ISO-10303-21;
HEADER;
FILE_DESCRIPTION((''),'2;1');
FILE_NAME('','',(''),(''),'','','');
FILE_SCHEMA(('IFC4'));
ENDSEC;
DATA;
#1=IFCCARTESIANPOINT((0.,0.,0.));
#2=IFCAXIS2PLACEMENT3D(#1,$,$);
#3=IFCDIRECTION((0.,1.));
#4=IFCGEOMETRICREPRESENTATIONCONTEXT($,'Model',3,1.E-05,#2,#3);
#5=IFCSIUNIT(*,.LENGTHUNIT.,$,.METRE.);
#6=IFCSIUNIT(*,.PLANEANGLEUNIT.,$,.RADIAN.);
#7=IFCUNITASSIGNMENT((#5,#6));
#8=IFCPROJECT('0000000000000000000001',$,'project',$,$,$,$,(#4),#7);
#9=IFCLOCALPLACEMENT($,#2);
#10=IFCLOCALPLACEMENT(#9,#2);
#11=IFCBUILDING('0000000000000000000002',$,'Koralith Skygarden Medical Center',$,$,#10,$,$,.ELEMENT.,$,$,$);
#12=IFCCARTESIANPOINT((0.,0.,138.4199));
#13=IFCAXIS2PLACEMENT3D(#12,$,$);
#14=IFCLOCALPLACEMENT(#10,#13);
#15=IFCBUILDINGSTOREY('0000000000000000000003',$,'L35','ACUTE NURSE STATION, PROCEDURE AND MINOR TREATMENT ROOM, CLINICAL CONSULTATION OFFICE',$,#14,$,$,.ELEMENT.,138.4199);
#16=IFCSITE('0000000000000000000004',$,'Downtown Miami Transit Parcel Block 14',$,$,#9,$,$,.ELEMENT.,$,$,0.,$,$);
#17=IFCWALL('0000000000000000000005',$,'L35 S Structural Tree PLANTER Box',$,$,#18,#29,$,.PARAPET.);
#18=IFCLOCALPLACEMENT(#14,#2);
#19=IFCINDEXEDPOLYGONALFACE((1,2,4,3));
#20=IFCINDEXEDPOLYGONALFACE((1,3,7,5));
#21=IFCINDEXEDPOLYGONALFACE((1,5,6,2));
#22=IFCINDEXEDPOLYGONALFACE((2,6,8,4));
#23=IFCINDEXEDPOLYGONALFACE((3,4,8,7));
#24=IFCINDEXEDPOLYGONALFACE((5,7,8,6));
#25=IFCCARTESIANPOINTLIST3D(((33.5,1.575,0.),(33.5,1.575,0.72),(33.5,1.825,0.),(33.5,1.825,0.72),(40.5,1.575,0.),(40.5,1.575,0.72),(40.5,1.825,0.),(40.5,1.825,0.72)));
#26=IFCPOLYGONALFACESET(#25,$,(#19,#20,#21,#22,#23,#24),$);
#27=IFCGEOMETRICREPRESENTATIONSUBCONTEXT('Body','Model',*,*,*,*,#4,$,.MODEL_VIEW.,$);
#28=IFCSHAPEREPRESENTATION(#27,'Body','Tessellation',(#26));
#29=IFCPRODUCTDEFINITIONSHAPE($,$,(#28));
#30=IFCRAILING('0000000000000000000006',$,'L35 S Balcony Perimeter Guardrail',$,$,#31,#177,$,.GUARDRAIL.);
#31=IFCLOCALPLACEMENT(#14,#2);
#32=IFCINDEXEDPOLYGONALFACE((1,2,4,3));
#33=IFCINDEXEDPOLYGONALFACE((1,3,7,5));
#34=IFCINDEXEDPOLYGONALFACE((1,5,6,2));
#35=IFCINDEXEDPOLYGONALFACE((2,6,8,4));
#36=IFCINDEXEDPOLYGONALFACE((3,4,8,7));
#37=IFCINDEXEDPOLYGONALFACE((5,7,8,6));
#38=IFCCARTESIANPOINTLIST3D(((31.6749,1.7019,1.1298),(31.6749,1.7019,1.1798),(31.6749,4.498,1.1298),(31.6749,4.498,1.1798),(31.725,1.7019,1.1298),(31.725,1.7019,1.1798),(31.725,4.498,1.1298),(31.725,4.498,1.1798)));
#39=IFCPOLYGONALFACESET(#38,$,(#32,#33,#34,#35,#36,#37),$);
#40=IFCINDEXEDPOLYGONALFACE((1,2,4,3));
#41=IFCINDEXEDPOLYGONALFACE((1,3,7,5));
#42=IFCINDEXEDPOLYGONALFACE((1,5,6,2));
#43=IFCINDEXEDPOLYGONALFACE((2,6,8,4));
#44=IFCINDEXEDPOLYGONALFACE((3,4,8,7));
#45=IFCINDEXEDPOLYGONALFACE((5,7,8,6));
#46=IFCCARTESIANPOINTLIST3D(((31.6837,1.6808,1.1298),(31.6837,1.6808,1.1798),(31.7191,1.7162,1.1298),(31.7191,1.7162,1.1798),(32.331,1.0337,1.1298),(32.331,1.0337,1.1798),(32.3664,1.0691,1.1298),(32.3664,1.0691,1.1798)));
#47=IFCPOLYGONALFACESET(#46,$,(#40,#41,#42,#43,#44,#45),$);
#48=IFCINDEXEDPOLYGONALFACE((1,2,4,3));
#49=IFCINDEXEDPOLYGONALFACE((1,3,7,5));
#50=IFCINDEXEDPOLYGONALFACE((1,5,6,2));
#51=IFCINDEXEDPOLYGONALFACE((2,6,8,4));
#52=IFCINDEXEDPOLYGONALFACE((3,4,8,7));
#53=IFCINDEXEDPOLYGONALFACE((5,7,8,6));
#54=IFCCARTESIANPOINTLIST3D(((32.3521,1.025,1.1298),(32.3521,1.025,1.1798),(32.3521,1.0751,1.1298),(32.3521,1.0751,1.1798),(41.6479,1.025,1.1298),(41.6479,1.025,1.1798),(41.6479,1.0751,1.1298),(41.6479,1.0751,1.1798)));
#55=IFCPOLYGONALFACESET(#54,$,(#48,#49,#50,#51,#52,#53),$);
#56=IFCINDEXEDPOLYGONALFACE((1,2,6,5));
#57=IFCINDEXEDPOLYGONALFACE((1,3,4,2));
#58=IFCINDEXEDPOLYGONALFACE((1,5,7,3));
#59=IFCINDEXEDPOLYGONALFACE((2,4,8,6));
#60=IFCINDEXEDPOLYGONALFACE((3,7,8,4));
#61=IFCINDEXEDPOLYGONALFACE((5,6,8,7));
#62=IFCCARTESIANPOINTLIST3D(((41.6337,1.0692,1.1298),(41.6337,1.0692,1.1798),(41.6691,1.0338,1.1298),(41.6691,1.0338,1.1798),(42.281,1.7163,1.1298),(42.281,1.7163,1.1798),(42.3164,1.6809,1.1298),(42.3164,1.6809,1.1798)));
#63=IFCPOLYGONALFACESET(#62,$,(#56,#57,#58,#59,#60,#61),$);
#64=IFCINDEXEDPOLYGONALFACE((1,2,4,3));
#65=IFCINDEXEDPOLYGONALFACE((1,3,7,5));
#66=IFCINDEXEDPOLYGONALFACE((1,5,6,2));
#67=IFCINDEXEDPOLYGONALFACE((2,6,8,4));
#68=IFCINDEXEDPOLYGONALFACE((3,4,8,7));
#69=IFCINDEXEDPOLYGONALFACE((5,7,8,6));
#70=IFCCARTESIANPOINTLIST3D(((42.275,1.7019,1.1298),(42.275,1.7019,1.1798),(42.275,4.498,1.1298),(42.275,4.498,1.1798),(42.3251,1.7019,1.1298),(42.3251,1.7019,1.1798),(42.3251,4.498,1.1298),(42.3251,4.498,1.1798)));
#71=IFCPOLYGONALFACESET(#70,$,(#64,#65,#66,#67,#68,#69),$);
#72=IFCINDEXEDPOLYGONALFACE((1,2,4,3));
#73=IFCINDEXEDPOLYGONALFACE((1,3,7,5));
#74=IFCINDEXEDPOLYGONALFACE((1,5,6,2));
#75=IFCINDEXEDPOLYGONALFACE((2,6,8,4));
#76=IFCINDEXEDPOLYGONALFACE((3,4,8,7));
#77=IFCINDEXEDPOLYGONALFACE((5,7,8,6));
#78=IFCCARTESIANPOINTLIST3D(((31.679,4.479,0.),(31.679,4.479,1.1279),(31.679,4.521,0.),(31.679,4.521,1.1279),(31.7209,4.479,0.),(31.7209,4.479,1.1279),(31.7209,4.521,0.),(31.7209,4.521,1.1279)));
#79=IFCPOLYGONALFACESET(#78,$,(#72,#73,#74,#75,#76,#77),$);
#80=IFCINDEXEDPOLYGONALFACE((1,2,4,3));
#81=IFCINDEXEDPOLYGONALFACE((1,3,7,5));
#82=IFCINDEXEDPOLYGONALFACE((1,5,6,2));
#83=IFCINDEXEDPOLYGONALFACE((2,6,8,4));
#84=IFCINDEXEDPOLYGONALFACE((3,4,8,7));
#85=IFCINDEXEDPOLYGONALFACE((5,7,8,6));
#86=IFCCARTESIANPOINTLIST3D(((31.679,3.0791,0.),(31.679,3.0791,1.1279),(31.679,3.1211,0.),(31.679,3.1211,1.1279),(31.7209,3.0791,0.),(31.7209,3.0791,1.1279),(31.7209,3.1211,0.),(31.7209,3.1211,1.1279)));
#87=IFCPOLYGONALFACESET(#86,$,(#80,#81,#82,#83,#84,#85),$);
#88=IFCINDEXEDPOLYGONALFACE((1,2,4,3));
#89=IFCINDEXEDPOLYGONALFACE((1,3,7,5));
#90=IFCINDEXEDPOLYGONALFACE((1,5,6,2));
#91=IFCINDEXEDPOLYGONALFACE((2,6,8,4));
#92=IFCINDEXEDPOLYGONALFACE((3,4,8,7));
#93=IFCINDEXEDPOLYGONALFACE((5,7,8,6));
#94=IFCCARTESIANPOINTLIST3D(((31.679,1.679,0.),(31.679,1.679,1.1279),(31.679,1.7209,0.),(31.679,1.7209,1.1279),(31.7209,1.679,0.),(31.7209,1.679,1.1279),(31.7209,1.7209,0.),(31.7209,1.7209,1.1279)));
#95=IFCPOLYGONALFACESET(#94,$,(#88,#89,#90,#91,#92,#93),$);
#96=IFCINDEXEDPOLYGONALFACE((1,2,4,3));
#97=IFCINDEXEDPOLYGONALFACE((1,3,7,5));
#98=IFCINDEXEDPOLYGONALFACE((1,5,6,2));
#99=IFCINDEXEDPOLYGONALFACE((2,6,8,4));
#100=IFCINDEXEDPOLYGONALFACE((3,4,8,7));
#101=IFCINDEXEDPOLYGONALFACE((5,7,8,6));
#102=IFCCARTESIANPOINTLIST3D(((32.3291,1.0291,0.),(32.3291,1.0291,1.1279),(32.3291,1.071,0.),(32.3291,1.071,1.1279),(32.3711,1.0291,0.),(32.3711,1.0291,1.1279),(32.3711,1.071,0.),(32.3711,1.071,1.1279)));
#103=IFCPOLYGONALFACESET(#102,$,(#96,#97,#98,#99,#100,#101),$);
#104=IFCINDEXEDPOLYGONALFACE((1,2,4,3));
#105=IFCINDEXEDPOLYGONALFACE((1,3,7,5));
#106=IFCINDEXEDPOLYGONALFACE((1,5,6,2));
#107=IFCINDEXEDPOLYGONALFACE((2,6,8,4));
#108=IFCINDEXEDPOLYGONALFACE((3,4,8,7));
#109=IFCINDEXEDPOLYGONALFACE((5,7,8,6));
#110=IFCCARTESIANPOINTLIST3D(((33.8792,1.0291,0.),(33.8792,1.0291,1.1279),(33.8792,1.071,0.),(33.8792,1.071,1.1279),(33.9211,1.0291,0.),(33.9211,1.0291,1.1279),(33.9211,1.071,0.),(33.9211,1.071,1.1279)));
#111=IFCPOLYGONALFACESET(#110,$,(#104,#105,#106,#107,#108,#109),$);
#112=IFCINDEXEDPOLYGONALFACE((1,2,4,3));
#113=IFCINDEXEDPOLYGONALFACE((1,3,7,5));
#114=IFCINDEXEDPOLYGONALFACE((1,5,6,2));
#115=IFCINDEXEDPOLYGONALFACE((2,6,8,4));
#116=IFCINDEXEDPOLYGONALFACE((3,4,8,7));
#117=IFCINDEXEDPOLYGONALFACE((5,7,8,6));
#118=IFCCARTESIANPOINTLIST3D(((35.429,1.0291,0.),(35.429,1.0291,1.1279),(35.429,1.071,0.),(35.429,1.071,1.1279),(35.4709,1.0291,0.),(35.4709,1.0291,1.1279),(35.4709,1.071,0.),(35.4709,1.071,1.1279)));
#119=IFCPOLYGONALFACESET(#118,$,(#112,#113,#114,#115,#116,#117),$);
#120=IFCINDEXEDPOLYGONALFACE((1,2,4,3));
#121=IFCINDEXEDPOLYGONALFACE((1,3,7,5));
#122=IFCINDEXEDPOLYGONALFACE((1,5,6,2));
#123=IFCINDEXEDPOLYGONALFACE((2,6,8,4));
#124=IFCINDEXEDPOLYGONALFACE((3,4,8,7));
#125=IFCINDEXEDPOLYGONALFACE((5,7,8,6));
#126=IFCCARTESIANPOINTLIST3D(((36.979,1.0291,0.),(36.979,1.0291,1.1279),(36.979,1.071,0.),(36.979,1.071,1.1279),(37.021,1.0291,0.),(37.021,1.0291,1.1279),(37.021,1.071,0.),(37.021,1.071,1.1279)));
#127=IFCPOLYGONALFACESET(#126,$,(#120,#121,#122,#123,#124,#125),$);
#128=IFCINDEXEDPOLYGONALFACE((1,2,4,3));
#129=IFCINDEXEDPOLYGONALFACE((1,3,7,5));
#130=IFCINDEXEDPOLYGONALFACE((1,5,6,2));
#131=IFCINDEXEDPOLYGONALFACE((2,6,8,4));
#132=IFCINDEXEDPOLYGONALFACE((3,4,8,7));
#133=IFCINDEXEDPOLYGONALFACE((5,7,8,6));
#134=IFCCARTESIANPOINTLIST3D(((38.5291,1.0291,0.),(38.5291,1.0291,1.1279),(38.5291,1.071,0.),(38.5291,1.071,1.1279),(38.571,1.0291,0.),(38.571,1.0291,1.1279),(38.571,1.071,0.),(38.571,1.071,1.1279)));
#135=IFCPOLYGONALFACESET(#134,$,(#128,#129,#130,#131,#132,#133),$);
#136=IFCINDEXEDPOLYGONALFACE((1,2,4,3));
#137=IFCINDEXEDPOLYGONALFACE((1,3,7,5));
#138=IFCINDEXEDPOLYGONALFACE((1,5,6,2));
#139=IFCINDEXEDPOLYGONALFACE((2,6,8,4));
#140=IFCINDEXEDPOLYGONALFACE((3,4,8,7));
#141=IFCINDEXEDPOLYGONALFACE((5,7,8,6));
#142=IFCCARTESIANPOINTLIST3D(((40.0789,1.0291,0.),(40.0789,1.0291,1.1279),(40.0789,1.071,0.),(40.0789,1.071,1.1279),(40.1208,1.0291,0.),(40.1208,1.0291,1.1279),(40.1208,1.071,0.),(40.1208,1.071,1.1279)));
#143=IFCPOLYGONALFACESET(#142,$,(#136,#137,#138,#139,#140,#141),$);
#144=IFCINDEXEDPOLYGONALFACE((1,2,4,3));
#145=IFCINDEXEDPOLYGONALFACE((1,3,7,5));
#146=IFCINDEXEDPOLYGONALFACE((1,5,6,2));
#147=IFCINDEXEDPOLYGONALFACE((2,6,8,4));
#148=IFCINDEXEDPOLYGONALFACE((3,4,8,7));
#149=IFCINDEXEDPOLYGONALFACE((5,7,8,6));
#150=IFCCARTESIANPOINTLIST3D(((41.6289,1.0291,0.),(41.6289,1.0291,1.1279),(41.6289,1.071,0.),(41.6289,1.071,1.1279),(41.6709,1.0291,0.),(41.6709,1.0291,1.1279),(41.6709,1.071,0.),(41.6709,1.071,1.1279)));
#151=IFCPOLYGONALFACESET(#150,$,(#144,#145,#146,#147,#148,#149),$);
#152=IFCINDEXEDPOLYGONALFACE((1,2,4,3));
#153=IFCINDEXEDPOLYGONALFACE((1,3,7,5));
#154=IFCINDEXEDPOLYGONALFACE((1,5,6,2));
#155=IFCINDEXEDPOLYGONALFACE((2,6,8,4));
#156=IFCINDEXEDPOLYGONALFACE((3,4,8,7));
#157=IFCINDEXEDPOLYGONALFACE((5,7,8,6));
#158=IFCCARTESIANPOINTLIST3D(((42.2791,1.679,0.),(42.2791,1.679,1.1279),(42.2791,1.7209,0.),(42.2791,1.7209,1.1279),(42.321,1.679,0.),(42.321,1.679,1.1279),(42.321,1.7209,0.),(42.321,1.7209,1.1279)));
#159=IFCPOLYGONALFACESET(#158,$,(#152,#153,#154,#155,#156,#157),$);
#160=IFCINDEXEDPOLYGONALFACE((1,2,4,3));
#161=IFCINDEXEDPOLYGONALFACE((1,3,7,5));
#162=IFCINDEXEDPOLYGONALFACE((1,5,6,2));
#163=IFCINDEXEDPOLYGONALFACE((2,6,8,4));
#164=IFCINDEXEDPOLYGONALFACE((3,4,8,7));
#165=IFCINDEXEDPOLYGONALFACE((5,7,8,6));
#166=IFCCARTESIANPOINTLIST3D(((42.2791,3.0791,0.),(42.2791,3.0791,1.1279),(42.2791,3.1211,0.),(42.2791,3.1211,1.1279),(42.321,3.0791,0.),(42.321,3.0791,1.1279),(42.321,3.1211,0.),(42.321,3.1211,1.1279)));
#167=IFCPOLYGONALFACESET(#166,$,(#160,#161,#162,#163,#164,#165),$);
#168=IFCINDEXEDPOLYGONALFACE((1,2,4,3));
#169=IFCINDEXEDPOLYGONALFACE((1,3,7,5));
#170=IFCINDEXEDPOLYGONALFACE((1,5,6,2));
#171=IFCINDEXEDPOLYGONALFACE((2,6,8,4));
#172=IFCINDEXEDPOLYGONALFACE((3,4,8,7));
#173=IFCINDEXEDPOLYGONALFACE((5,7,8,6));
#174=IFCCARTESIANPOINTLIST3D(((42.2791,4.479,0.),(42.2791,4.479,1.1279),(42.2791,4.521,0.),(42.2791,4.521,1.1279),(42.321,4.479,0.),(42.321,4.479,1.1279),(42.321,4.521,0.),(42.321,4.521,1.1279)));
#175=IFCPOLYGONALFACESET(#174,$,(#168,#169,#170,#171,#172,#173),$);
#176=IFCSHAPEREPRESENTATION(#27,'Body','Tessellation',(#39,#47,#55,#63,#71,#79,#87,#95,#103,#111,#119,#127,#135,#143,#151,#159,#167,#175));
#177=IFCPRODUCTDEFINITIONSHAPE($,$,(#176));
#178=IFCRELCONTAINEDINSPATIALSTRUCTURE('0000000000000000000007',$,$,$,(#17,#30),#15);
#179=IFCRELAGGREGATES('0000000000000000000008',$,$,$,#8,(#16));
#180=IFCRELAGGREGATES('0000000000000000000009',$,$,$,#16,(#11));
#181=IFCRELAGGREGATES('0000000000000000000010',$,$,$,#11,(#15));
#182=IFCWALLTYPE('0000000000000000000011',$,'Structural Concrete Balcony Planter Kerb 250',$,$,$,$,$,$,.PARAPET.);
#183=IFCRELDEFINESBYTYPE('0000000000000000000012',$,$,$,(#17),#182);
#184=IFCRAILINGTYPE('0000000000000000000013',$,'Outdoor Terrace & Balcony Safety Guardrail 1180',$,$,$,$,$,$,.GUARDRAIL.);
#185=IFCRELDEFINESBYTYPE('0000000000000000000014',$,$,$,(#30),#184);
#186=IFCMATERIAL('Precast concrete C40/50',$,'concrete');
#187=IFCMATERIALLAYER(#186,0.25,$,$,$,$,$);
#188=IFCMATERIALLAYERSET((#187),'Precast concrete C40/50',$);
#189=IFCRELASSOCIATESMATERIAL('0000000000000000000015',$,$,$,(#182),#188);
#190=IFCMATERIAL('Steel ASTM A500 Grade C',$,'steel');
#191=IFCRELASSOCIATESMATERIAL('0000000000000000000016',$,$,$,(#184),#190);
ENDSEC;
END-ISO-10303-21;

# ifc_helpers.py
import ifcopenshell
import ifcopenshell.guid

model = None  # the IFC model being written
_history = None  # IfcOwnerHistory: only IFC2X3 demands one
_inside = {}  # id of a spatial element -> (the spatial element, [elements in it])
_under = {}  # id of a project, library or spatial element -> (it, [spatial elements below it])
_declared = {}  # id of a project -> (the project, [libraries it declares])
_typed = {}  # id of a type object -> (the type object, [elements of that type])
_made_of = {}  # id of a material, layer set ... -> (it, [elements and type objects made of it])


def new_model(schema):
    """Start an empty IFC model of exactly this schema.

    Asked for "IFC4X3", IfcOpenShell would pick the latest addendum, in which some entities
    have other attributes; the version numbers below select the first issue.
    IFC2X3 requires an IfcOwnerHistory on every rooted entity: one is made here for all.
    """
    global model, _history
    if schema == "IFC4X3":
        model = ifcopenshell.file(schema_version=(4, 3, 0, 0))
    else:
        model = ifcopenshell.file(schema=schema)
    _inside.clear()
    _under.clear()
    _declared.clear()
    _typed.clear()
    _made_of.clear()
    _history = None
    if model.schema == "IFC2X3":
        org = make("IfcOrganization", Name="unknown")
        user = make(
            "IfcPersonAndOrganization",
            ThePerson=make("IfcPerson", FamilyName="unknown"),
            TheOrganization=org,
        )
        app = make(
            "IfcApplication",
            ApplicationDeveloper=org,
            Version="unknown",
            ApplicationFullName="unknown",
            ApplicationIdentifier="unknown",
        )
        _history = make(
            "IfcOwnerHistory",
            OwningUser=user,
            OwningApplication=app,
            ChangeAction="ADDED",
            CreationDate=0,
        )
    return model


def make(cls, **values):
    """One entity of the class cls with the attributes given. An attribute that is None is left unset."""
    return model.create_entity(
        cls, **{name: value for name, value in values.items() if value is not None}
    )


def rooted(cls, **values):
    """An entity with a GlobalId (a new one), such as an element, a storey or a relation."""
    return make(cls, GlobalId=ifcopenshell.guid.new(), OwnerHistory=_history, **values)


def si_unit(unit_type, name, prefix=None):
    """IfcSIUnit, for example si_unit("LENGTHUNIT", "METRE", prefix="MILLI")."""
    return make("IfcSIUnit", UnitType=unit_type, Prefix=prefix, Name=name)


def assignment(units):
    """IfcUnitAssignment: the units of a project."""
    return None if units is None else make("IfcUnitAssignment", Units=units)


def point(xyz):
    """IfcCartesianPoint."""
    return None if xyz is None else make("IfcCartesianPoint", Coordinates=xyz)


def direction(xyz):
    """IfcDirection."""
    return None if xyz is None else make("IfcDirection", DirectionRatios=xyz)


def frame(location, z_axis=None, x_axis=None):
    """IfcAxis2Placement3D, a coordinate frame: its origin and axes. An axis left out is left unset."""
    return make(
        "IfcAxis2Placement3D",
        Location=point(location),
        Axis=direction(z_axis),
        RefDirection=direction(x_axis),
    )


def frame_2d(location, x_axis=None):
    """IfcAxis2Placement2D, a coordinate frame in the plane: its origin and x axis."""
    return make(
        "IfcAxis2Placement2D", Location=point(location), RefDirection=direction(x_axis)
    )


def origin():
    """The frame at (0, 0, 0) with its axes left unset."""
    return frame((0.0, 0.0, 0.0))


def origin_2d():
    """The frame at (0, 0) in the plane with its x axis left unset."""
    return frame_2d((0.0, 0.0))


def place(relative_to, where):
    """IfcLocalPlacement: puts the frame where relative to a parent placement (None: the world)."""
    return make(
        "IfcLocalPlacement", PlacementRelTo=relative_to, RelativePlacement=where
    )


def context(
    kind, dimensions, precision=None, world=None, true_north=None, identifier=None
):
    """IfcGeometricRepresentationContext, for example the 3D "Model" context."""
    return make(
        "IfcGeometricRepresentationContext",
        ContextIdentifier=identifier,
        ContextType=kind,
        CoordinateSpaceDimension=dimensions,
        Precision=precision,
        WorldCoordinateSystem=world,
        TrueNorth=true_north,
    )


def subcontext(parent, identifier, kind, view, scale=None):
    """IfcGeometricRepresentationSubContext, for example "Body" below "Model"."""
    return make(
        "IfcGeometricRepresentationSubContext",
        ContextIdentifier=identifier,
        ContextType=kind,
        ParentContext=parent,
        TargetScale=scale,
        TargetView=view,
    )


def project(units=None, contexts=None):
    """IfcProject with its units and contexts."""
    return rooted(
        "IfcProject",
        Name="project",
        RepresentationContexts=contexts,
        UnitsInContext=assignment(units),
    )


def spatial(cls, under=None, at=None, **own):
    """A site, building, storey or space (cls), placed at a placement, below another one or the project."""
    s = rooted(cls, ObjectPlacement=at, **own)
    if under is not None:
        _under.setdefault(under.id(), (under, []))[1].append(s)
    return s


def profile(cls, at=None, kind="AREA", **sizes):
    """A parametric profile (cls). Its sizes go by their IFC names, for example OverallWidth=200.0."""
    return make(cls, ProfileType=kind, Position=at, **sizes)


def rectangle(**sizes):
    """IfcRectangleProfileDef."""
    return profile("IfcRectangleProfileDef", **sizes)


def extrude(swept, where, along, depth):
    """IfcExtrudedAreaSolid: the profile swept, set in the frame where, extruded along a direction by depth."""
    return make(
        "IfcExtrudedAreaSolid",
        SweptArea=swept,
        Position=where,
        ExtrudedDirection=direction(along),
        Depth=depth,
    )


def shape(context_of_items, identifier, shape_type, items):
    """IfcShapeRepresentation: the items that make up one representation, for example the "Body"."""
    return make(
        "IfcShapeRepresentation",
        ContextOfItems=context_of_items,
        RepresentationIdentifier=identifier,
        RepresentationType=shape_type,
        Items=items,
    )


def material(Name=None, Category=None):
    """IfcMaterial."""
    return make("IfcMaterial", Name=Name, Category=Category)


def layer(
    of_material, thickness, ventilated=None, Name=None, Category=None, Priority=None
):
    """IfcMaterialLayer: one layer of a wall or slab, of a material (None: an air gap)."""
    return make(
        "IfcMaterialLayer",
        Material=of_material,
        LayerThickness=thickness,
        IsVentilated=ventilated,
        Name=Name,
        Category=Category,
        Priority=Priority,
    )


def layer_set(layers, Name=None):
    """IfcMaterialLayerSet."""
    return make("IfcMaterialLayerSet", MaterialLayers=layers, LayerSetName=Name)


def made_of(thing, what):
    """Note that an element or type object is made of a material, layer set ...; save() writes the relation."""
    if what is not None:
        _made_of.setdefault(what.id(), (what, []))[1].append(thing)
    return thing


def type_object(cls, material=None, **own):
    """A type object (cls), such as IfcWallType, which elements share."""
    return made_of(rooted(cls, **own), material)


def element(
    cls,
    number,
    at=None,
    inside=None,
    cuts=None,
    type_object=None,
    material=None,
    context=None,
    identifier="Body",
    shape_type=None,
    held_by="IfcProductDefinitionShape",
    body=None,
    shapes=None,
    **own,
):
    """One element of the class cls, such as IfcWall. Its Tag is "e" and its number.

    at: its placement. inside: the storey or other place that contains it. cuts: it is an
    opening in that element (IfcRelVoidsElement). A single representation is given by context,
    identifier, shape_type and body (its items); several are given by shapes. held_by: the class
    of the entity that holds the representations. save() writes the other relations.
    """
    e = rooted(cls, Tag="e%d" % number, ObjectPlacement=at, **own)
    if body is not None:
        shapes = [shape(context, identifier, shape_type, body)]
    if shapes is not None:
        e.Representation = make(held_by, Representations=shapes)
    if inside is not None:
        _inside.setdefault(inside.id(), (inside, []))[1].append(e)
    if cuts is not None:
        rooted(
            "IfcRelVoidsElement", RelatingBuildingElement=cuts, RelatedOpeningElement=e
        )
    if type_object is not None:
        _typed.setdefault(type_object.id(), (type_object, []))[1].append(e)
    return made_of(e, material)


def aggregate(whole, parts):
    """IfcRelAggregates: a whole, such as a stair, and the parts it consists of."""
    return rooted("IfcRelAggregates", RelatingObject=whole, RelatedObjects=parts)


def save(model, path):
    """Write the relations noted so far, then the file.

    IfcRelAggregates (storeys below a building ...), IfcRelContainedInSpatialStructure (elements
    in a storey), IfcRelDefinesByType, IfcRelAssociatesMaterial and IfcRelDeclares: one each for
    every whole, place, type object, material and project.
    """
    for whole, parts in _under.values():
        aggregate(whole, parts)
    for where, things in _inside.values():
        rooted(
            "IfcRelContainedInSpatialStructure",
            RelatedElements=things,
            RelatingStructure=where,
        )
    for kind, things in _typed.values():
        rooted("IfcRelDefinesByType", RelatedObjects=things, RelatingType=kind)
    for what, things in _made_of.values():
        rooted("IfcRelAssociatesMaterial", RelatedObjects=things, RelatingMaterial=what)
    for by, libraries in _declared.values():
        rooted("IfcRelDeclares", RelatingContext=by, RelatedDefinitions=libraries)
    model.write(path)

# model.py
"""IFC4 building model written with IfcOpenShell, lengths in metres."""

from ifc_helpers import new_model, si_unit, direction, frame, frame_2d, origin, origin_2d, place, context, subcontext, project, spatial, rectangle, extrude, material, layer, layer_set, type_object, element, save


model = new_model("IFC4")

# Units and contexts
model_context = context("Model", 3, precision=1e-05, world=origin(), true_north=direction((0.0, 1.0)))
body_context = subcontext(model_context, "Body", "Model", "MODEL_VIEW")
ifc_project = project(units=[si_unit("LENGTHUNIT", "METRE"), si_unit("PLANEANGLEUNIT", "RADIAN")], contexts=[model_context])

# Site, building, storey
site_placement = place(None, origin())
site = spatial("IfcSite", under=ifc_project, at=site_placement, Name="Downtown Miami Transit Parcel Block 14", CompositionType="ELEMENT", RefElevation=0.0)
building_placement = place(site_placement, origin())
building = spatial("IfcBuilding", under=site, at=building_placement, Name="Koralith Skygarden Medical Center", CompositionType="ELEMENT")
storey_placement = place(building_placement, frame((0.0, 0.0, 138.4199)))
storey = spatial("IfcBuildingStorey", under=building, at=storey_placement, Name="L35", Description="ACUTE NURSE STATION, PROCEDURE AND MINOR TREATMENT ROOM, CLINICAL CONSULTATION OFFICE", CompositionType="ELEMENT", Elevation=138.4199)

# Wall
ifc_material_1 = material(Name="Precast concrete C40/50", Category="concrete")
ifc_layer_1 = layer(ifc_material_1, 0.25)
ifc_layer_set_1 = layer_set([ifc_layer_1], Name="Precast concrete C40/50")
wall_type_1 = type_object("IfcWallType", Name="Structural Concrete Balcony Planter Kerb 250", PredefinedType="PARAPET", material=ifc_layer_set_1)
wall_1_placement = place(storey_placement, frame((33.5, 1.7, 0.0), z_axis=(0.0, 0.0, 1.0), x_axis=(1.0, 0.0, 0.0)))
element("IfcWall", 1, at=wall_1_placement, inside=storey, type_object=wall_type_1, Name="L35 S Structural Tree PLANTER Box", PredefinedType="PARAPET", context=body_context, shape_type="SweptSolid", body=[
    extrude(rectangle(XDim=7.0, YDim=0.25, at=frame_2d((3.5, 0.0))), origin(), (0.0, 0.0, 1.0), 0.72),
])

# Railing
ifc_material_2 = material(Name="Steel ASTM A500 Grade C", Category="steel")
railing_type = type_object("IfcRailingType", Name="Outdoor Terrace & Balcony Safety Guardrail 1180", PredefinedType="GUARDRAIL", material=ifc_material_2)
railing_placement = place(storey_placement, frame((31.7, 4.5, 0.0)))
element("IfcRailing", 2, at=railing_placement, inside=storey, type_object=railing_type, Name="L35 S Balcony Perimeter Guardrail", PredefinedType="GUARDRAIL", context=body_context, shape_type="SweptSolid", body=[
    extrude(rectangle(XDim=0.05, YDim=0.05, at=origin_2d()), frame((0.0, -0.002, 1.1548), z_axis=(0.0, -1.0, 0.0), x_axis=(1.0, 0.0, 0.0)), (0.0, 0.0, 1.0), 2.7961),
    extrude(rectangle(XDim=0.05, YDim=0.05, at=origin_2d()), frame((0.0015, -2.8015, 1.1548), z_axis=(0.70724, -0.706974, 0.0), x_axis=(0.706974, 0.70724, 0.0)), (0.0, 0.0, 1.0), 0.9153),
    extrude(rectangle(XDim=0.05, YDim=0.05, at=origin_2d()), frame((0.6521, -3.45, 1.1548), z_axis=(1.0, 0.0, 0.0), x_axis=(0.0, 1.0, 0.0)), (0.0, 0.0, 1.0), 9.2959),
    extrude(rectangle(XDim=0.05, YDim=0.05, at=origin_2d()), frame((9.9514, -3.4485, 1.1548), z_axis=(0.70724, 0.706974, 0.0), x_axis=(-0.706974, 0.70724, 0.0)), (0.0, 0.0, 1.0), 0.9153),
    extrude(rectangle(XDim=0.05, YDim=0.05, at=origin_2d()), frame((10.6001, -2.7981, 1.1548), z_axis=(0.0, 1.0, 0.0), x_axis=(-1.0, 0.0, 0.0)), (0.0, 0.0, 1.0), 2.7961),
    extrude(rectangle(XDim=0.042, YDim=0.042, at=origin_2d()), origin(), (0.0, 0.0, 1.0), 1.1279),
    extrude(rectangle(XDim=0.042, YDim=0.042, at=origin_2d()), frame((0.0, -1.3999, 0.0)), (0.0, 0.0, 1.0), 1.1279),
    extrude(rectangle(XDim=0.042, YDim=0.042, at=origin_2d()), frame((0.0, -2.8, 0.0)), (0.0, 0.0, 1.0), 1.1279),
    extrude(rectangle(XDim=0.042, YDim=0.042, at=origin_2d()), frame((0.6501, -3.45, 0.0)), (0.0, 0.0, 1.0), 1.1279),
    extrude(rectangle(XDim=0.042, YDim=0.042, at=origin_2d()), frame((2.2002, -3.45, 0.0)), (0.0, 0.0, 1.0), 1.1279),
    extrude(rectangle(XDim=0.042, YDim=0.042, at=origin_2d()), frame((3.75, -3.45, 0.0)), (0.0, 0.0, 1.0), 1.1279),
    extrude(rectangle(XDim=0.042, YDim=0.042, at=origin_2d()), frame((5.3, -3.45, 0.0)), (0.0, 0.0, 1.0), 1.1279),
    extrude(rectangle(XDim=0.042, YDim=0.042, at=origin_2d()), frame((6.8501, -3.45, 0.0)), (0.0, 0.0, 1.0), 1.1279),
    extrude(rectangle(XDim=0.042, YDim=0.042, at=origin_2d()), frame((8.3999, -3.45, 0.0)), (0.0, 0.0, 1.0), 1.1279),
    extrude(rectangle(XDim=0.042, YDim=0.042, at=origin_2d()), frame((9.95, -3.45, 0.0)), (0.0, 0.0, 1.0), 1.1279),
    extrude(rectangle(XDim=0.042, YDim=0.042, at=origin_2d()), frame((10.6001, -2.8, 0.0)), (0.0, 0.0, 1.0), 1.1279),
    extrude(rectangle(XDim=0.042, YDim=0.042, at=origin_2d()), frame((10.6001, -1.3999, 0.0)), (0.0, 0.0, 1.0), 1.1279),
    extrude(rectangle(XDim=0.042, YDim=0.042, at=origin_2d()), frame((10.6001, 0.0, 0.0)), (0.0, 0.0, 1.0), 1.1279),
])

save(model, "model.ifc")
